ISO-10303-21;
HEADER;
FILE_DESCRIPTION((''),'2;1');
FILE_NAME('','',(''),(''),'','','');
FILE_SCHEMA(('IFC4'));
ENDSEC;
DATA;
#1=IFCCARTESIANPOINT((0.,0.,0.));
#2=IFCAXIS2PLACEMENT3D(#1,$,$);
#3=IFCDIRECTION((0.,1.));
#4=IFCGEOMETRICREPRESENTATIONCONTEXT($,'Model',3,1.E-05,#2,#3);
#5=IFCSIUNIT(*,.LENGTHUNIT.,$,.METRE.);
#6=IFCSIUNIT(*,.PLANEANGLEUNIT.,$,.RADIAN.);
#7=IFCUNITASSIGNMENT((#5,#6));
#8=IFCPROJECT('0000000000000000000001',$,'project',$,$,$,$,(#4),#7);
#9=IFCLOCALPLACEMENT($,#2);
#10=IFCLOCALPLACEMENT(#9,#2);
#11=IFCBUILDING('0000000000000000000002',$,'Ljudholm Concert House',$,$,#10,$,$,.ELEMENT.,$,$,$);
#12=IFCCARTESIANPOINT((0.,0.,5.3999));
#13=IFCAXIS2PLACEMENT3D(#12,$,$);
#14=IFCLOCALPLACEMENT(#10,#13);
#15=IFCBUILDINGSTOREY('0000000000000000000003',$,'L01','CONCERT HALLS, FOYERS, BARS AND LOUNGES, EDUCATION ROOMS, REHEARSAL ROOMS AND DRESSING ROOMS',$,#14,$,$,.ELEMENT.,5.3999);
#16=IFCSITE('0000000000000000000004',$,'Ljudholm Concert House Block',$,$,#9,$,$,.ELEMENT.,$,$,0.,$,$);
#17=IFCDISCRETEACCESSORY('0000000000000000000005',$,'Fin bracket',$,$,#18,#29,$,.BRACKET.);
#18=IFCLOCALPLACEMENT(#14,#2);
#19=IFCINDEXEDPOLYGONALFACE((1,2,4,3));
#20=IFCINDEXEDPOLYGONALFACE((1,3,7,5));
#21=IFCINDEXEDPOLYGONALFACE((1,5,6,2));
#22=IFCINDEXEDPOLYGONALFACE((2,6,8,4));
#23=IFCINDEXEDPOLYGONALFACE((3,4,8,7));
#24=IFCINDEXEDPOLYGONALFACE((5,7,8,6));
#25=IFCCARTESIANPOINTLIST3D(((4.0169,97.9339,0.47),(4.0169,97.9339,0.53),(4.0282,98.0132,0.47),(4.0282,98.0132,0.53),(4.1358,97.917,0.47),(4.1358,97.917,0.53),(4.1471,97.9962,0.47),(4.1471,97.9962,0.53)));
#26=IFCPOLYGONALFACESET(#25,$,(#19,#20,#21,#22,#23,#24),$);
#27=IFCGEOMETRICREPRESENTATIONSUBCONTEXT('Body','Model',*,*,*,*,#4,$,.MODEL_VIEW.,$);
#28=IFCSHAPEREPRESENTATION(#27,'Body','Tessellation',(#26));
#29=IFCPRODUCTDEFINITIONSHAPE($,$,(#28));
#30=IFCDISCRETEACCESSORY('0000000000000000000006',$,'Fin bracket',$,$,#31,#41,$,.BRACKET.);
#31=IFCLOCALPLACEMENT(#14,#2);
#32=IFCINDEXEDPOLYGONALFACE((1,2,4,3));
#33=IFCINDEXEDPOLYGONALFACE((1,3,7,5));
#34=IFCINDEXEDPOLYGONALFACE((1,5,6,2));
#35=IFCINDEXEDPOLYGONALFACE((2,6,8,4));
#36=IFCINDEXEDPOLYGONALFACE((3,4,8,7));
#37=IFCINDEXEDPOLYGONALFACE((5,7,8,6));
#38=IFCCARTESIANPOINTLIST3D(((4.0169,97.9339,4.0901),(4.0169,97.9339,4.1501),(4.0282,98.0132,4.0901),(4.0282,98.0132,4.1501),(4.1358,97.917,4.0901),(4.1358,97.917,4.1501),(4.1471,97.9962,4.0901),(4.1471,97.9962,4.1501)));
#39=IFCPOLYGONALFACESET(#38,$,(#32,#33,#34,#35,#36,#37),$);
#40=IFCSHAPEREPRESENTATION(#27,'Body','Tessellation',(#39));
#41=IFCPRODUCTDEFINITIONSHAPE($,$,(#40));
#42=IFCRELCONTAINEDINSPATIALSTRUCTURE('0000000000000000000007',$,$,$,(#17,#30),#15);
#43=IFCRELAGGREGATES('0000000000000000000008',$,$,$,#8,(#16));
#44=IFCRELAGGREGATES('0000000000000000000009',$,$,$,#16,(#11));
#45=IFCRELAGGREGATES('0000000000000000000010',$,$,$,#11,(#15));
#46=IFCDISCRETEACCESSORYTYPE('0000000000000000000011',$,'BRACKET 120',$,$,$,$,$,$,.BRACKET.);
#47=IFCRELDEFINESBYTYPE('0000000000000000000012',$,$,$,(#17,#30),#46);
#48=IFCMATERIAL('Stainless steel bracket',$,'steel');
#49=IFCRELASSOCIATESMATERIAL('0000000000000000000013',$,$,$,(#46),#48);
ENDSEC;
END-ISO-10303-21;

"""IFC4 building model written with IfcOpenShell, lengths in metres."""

from ifc_helpers import new_model, si_unit, direction, frame, origin, origin_2d, place, context, subcontext, project, spatial, rectangle, extrude, material, type_object, element, save


model = new_model("IFC4")

# Units and contexts
model_context = context("Model", 3, precision=1e-05, world=origin(), true_north=direction((0.0, 1.0)))
body_context = subcontext(model_context, "Body", "Model", "MODEL_VIEW")
ifc_project = project(units=[si_unit("LENGTHUNIT", "METRE"), si_unit("PLANEANGLEUNIT", "RADIAN")], contexts=[model_context])

# Site, building, storey
site_placement = place(None, origin())
site = spatial("IfcSite", under=ifc_project, at=site_placement, Name="Ljudholm Concert House Block", CompositionType="ELEMENT", RefElevation=0.0)
building_placement = place(site_placement, origin())
building = spatial("IfcBuilding", under=site, at=building_placement, Name="Ljudholm Concert House", CompositionType="ELEMENT")
storey_placement = place(building_placement, frame((0.0, 0.0, 5.3999)))
storey = spatial("IfcBuildingStorey", under=building, at=storey_placement, Name="L01", Description="CONCERT HALLS, FOYERS, BARS AND LOUNGES, EDUCATION ROOMS, REHEARSAL ROOMS AND DRESSING ROOMS", CompositionType="ELEMENT", Elevation=5.3999)

# Discrete accessories
ifc_material_1 = material(Name="Stainless steel bracket", Category="steel")
discrete_accessory_type = type_object("IfcDiscreteAccessoryType", Name="BRACKET 120", PredefinedType="BRACKET", material=ifc_material_1)
for number, where, z_axis, x_axis, name in (
    (1, (4.082, 97.9651, 0.47), (0.0, 0.0, 1.0), (-0.989949, 0.141421, 0.0), "Fin bracket"),
    (2, (4.082, 97.9651, 4.0901), (0.0, 0.0, 1.0), (-0.989949, 0.141421, 0.0), "Fin bracket"),
):
    element("IfcDiscreteAccessory", number, at=place(storey_placement, frame(where, z_axis=z_axis, x_axis=x_axis)), inside=storey, type_object=discrete_accessory_type, Name=name, PredefinedType="BRACKET", context=body_context, shape_type="SweptSolid", body=[
        extrude(rectangle(XDim=0.1201, YDim=0.0801, at=origin_2d()), origin(), (0.0, 0.0, 1.0), 0.0601),
    ])

save(model, "model.ifc")
